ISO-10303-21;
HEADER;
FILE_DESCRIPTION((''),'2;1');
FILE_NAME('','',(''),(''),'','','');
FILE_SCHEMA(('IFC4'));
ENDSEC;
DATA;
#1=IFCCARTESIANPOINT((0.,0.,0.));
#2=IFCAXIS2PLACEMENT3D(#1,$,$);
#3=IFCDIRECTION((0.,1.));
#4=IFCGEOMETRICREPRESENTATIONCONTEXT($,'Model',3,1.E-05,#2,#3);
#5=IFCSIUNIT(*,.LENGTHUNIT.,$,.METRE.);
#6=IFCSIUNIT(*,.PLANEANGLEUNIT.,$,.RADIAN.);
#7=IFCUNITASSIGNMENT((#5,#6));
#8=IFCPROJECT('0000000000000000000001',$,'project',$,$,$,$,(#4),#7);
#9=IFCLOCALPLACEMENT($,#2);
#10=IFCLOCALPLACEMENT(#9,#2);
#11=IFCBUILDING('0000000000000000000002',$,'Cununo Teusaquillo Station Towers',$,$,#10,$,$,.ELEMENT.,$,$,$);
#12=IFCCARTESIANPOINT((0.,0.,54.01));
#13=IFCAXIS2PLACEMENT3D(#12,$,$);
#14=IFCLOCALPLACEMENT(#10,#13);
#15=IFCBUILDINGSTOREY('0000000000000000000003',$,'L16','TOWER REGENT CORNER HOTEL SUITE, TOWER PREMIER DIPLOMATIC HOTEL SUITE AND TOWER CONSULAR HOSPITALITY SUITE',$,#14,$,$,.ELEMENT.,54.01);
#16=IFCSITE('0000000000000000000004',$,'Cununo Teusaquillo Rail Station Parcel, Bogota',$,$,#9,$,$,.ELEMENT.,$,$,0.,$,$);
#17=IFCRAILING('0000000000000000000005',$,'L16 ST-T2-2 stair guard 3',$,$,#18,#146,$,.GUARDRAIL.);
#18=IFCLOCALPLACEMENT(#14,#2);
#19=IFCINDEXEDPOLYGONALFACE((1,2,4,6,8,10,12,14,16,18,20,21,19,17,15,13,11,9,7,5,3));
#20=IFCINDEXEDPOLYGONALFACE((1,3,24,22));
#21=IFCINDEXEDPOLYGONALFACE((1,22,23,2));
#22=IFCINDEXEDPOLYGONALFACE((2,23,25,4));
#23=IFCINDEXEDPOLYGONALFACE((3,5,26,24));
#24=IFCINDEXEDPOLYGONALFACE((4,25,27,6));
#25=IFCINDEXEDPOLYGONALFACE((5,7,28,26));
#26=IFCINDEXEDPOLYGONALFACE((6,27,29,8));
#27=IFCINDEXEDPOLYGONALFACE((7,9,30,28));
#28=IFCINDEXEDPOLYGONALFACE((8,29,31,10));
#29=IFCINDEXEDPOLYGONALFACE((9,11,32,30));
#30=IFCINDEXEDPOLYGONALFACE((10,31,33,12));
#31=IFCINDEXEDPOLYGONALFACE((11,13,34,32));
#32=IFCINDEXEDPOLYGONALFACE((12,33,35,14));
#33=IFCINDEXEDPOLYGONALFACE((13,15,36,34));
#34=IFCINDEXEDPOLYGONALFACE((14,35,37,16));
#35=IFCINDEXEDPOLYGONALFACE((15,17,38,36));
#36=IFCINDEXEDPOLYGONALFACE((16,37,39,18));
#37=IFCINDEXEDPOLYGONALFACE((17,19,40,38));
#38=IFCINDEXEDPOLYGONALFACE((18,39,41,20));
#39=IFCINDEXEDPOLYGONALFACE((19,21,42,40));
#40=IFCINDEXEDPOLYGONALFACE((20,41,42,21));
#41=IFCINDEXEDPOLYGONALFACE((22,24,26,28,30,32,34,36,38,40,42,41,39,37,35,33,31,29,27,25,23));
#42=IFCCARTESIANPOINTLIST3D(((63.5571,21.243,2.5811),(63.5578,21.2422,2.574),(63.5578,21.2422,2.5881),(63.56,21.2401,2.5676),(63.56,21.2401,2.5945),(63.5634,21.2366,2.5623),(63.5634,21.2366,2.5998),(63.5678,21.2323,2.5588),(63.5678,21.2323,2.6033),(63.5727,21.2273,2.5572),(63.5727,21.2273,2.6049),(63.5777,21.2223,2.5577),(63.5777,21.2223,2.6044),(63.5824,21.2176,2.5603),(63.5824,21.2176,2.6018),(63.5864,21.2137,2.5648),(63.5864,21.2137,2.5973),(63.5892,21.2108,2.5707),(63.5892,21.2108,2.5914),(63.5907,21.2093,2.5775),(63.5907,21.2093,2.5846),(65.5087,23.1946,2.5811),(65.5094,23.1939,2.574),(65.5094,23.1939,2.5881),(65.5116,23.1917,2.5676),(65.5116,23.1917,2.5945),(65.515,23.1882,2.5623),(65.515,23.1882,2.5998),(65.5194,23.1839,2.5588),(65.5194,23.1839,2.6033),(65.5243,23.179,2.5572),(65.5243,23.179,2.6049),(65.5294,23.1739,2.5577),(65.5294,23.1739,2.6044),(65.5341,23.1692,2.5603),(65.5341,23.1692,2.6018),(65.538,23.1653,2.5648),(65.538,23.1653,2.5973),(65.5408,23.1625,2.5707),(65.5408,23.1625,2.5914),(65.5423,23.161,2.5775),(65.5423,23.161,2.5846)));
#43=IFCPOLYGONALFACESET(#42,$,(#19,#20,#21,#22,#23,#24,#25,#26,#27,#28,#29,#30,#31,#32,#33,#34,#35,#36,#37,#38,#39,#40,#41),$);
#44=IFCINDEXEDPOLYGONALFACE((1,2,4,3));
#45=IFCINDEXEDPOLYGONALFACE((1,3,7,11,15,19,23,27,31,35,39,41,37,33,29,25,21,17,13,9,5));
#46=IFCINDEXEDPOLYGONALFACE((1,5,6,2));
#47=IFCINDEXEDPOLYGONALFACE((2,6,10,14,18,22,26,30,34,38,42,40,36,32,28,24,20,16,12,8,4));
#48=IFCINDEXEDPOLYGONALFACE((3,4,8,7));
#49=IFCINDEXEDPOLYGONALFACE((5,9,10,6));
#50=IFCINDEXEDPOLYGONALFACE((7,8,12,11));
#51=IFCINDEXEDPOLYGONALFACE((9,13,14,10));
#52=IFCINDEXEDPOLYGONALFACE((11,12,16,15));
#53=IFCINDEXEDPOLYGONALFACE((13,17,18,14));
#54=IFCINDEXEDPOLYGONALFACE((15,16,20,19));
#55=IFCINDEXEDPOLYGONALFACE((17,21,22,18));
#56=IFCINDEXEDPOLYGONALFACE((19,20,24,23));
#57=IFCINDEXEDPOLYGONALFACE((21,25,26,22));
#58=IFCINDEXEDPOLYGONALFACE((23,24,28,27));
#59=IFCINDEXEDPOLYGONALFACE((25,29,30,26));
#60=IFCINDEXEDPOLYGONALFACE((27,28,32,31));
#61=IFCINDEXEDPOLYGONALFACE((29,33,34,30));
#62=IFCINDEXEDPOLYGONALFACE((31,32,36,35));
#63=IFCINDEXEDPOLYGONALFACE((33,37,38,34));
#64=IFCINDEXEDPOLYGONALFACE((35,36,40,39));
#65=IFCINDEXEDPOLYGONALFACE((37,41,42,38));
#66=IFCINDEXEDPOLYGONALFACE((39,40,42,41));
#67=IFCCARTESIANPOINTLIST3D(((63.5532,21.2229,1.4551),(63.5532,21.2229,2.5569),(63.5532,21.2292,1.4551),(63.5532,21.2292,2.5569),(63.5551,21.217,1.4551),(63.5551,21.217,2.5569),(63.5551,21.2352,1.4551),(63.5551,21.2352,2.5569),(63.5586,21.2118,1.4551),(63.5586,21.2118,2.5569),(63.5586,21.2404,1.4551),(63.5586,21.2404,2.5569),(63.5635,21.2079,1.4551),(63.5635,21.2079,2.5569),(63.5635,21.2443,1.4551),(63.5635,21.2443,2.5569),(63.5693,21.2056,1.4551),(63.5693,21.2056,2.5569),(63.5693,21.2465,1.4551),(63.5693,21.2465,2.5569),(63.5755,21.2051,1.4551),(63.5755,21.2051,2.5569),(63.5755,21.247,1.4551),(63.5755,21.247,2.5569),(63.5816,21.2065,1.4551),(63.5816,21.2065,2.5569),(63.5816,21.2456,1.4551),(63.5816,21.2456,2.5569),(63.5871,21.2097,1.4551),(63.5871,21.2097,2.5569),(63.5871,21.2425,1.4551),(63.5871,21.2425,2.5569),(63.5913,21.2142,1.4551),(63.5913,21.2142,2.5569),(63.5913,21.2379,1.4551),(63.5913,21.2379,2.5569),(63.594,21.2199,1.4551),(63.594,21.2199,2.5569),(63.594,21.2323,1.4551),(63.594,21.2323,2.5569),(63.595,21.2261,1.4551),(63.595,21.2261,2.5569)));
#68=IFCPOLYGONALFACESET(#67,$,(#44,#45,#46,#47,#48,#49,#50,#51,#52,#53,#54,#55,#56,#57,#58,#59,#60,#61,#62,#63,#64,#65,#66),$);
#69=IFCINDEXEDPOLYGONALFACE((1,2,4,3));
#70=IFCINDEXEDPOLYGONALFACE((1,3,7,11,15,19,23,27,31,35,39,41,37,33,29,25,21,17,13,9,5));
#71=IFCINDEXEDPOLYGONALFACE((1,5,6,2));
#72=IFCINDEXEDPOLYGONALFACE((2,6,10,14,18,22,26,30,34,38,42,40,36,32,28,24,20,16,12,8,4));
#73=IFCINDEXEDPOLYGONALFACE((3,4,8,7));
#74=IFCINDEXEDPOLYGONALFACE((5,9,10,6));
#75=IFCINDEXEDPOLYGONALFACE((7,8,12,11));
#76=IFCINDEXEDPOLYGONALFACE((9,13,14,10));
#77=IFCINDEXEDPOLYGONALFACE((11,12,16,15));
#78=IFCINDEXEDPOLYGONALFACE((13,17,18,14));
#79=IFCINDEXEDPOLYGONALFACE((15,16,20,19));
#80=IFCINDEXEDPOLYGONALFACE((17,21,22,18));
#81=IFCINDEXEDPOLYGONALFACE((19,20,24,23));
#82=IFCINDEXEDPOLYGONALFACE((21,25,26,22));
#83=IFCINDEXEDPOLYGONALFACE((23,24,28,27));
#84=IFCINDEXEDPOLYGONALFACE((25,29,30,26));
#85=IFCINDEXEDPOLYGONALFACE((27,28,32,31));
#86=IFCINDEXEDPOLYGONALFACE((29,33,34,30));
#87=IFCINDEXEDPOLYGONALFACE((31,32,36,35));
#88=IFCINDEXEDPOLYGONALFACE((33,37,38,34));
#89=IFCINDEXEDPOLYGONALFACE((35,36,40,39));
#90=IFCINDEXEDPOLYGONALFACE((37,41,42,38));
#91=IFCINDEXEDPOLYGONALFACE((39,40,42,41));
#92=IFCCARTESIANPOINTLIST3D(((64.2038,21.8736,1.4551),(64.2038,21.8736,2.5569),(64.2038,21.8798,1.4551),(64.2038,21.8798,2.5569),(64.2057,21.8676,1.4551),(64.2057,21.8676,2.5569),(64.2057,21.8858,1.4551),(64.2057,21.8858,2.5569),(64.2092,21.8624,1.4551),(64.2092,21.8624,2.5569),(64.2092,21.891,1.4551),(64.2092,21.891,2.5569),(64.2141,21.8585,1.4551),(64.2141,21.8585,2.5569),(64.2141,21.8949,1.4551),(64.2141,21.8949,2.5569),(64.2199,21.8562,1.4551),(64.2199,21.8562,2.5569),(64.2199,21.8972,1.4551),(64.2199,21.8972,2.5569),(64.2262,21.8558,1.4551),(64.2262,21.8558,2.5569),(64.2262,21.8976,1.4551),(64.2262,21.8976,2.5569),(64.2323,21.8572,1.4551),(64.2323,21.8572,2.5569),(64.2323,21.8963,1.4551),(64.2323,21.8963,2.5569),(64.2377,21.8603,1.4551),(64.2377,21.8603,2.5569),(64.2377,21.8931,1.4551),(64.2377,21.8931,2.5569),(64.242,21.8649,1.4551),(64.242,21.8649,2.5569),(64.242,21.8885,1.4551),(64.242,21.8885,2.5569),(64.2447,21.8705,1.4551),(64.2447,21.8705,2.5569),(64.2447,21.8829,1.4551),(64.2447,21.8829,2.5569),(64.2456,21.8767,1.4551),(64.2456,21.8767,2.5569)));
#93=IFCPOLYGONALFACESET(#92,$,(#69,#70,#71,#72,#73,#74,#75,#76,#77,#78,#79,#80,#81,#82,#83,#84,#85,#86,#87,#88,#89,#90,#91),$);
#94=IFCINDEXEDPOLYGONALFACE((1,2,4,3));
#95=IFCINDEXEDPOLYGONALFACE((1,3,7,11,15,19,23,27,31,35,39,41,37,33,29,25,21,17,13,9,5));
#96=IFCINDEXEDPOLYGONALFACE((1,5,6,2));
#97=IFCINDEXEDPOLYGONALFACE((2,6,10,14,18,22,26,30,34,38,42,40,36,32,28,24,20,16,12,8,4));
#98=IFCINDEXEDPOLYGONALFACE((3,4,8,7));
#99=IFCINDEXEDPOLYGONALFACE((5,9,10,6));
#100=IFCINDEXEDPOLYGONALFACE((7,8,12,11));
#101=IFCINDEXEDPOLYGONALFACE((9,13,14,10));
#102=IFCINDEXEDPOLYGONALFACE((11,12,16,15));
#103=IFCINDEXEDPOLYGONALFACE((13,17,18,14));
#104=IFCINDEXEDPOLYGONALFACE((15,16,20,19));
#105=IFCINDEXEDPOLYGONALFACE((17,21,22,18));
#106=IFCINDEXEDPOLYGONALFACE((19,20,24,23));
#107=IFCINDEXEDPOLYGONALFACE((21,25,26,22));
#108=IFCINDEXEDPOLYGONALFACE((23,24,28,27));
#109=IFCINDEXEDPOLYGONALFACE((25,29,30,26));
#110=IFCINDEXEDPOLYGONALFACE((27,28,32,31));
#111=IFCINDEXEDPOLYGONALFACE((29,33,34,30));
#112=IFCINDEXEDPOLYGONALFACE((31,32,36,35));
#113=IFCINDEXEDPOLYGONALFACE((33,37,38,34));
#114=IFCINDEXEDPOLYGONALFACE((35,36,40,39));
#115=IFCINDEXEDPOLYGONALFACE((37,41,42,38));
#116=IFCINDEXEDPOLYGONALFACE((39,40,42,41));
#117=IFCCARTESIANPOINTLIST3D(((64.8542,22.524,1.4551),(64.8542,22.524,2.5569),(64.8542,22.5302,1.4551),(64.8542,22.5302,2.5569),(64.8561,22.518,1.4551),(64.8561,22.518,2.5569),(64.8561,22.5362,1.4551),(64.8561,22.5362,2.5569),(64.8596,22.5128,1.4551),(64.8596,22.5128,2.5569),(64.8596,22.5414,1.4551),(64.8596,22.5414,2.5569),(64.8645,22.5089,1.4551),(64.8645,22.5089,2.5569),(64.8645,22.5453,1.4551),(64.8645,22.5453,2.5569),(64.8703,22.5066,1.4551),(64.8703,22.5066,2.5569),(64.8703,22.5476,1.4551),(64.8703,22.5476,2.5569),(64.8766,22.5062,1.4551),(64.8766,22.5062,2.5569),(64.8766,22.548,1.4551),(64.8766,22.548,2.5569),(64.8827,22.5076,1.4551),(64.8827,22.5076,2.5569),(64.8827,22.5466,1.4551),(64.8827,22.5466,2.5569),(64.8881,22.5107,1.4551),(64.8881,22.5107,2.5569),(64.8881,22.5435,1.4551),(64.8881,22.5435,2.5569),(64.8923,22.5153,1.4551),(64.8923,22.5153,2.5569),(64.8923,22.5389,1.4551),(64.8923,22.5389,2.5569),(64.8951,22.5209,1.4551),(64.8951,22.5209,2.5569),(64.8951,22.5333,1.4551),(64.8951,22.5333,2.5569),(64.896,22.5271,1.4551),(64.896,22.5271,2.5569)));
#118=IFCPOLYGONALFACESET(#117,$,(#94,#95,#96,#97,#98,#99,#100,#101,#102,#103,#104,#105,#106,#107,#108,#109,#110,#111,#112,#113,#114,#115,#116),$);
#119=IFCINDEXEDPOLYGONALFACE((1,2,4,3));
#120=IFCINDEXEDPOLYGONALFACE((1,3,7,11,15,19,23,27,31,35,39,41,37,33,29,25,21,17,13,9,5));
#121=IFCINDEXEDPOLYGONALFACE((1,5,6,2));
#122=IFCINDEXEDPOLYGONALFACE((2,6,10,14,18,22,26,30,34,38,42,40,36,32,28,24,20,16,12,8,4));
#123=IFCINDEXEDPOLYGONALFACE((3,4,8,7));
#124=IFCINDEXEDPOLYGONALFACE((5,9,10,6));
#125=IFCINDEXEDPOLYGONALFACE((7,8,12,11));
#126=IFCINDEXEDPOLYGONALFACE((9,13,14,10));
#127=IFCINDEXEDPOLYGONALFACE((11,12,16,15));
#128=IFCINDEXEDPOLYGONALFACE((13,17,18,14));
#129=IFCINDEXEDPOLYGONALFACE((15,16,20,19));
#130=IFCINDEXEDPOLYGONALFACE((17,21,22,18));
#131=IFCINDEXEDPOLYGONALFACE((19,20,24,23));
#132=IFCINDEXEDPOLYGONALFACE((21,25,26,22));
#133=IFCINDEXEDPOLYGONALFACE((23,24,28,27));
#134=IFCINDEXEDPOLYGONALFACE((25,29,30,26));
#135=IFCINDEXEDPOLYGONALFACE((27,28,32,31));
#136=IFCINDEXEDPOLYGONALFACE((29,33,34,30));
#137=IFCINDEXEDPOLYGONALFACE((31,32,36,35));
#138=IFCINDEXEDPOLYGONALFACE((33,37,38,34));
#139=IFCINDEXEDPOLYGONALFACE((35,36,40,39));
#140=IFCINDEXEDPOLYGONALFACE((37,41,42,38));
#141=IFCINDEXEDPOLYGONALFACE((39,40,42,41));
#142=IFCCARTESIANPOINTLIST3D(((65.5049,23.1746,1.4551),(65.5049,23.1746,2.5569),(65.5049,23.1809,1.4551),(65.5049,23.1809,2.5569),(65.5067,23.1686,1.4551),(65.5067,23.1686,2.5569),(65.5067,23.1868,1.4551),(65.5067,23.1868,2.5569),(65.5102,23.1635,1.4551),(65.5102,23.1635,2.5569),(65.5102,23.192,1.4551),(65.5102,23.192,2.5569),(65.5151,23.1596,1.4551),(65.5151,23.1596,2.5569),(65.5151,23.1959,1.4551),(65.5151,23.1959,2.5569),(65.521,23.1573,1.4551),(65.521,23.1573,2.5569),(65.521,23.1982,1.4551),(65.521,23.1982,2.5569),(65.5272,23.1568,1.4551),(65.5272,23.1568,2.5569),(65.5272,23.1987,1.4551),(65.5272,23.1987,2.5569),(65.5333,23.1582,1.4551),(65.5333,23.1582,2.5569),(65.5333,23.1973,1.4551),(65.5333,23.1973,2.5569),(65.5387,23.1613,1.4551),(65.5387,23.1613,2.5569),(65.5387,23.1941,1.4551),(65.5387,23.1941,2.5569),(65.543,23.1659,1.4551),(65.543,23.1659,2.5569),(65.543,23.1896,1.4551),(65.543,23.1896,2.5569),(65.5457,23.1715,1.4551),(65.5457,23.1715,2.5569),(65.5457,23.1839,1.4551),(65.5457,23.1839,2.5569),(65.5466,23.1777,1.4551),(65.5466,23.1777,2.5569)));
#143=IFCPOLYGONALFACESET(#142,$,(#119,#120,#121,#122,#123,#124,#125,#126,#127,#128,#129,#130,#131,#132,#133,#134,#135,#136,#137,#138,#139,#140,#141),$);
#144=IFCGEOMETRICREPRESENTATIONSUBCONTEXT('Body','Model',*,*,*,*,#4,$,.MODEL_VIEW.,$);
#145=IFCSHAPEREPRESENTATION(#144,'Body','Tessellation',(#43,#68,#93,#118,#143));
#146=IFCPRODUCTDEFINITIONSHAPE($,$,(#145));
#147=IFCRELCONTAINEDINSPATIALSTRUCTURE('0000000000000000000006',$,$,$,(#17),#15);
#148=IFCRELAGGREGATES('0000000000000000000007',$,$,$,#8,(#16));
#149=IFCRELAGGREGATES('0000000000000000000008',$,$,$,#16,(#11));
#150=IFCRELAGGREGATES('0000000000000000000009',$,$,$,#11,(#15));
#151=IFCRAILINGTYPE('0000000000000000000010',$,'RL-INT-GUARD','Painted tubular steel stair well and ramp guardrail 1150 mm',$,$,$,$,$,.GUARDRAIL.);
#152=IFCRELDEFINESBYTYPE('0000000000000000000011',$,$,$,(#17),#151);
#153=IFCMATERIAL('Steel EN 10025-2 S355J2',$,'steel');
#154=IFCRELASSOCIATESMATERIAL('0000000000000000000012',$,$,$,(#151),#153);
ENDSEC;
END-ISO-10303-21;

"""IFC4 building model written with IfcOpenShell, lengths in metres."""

from ifc_helpers import new_model, si_unit, direction, frame, origin, origin_2d, place, context, subcontext, project, spatial, circle, extrude, material, type_object, element, save


model = new_model("IFC4")

# Units and contexts
model_context = context("Model", 3, precision=1e-05, world=origin(), true_north=direction((0.0, 1.0)))
body_context = subcontext(model_context, "Body", "Model", "MODEL_VIEW")
ifc_project = project(units=[si_unit("LENGTHUNIT", "METRE"), si_unit("PLANEANGLEUNIT", "RADIAN")], contexts=[model_context])

# Site, building, storey
site_placement = place(None, origin())
site = spatial("IfcSite", under=ifc_project, at=site_placement, Name="Cununo Teusaquillo Rail Station Parcel, Bogota", CompositionType="ELEMENT", RefElevation=0.0)
building_placement = place(site_placement, origin())
building = spatial("IfcBuilding", under=site, at=building_placement, Name="Cununo Teusaquillo Station Towers", CompositionType="ELEMENT")
storey_placement = place(building_placement, frame((0.0, 0.0, 54.01)))
storey = spatial("IfcBuildingStorey", under=building, at=storey_placement, Name="L16", Description="TOWER REGENT CORNER HOTEL SUITE, TOWER PREMIER DIPLOMATIC HOTEL SUITE AND TOWER CONSULAR HOSPITALITY SUITE", CompositionType="ELEMENT", Elevation=54.01)

# Railing
ifc_material_1 = material(Name="Steel EN 10025-2 S355J2", Category="steel")
railing_type = type_object("IfcRailingType", Name="RL-INT-GUARD", Description="Painted tubular steel stair well and ramp guardrail 1150 mm", PredefinedType="GUARDRAIL", material=ifc_material_1)
railing_1_placement = place(storey_placement, frame((63.574, 21.2261, 1.4551)))
element("IfcRailing", 1, at=railing_1_placement, inside=storey, type_object=railing_type, Name="L16 ST-T2-2 stair guard 3", PredefinedType="GUARDRAIL", context=body_context, shape_type="SweptSolid", body=[
    extrude(circle(Radius=0.0239, at=origin_2d()), frame((0.0, 0.0, 1.126), z_axis=(0.707107, 0.707107, 0.0), x_axis=(-0.707107, 0.707107, 0.0)), (0.0, 0.0, 1.0), 2.76),
    extrude(circle(Radius=0.021, at=origin_2d()), origin(), (0.0, 0.0, 1.0), 1.1018),
    extrude(circle(Radius=0.021, at=origin_2d()), frame((0.6506, 0.6506, 0.0)), (0.0, 0.0, 1.0), 1.1018),
    extrude(circle(Radius=0.021, at=origin_2d()), frame((1.301, 1.301, 0.0)), (0.0, 0.0, 1.0), 1.1018),
    extrude(circle(Radius=0.021, at=origin_2d()), frame((1.9517, 1.9517, 0.0)), (0.0, 0.0, 1.0), 1.1018),
])

save(model, "model.ifc")
